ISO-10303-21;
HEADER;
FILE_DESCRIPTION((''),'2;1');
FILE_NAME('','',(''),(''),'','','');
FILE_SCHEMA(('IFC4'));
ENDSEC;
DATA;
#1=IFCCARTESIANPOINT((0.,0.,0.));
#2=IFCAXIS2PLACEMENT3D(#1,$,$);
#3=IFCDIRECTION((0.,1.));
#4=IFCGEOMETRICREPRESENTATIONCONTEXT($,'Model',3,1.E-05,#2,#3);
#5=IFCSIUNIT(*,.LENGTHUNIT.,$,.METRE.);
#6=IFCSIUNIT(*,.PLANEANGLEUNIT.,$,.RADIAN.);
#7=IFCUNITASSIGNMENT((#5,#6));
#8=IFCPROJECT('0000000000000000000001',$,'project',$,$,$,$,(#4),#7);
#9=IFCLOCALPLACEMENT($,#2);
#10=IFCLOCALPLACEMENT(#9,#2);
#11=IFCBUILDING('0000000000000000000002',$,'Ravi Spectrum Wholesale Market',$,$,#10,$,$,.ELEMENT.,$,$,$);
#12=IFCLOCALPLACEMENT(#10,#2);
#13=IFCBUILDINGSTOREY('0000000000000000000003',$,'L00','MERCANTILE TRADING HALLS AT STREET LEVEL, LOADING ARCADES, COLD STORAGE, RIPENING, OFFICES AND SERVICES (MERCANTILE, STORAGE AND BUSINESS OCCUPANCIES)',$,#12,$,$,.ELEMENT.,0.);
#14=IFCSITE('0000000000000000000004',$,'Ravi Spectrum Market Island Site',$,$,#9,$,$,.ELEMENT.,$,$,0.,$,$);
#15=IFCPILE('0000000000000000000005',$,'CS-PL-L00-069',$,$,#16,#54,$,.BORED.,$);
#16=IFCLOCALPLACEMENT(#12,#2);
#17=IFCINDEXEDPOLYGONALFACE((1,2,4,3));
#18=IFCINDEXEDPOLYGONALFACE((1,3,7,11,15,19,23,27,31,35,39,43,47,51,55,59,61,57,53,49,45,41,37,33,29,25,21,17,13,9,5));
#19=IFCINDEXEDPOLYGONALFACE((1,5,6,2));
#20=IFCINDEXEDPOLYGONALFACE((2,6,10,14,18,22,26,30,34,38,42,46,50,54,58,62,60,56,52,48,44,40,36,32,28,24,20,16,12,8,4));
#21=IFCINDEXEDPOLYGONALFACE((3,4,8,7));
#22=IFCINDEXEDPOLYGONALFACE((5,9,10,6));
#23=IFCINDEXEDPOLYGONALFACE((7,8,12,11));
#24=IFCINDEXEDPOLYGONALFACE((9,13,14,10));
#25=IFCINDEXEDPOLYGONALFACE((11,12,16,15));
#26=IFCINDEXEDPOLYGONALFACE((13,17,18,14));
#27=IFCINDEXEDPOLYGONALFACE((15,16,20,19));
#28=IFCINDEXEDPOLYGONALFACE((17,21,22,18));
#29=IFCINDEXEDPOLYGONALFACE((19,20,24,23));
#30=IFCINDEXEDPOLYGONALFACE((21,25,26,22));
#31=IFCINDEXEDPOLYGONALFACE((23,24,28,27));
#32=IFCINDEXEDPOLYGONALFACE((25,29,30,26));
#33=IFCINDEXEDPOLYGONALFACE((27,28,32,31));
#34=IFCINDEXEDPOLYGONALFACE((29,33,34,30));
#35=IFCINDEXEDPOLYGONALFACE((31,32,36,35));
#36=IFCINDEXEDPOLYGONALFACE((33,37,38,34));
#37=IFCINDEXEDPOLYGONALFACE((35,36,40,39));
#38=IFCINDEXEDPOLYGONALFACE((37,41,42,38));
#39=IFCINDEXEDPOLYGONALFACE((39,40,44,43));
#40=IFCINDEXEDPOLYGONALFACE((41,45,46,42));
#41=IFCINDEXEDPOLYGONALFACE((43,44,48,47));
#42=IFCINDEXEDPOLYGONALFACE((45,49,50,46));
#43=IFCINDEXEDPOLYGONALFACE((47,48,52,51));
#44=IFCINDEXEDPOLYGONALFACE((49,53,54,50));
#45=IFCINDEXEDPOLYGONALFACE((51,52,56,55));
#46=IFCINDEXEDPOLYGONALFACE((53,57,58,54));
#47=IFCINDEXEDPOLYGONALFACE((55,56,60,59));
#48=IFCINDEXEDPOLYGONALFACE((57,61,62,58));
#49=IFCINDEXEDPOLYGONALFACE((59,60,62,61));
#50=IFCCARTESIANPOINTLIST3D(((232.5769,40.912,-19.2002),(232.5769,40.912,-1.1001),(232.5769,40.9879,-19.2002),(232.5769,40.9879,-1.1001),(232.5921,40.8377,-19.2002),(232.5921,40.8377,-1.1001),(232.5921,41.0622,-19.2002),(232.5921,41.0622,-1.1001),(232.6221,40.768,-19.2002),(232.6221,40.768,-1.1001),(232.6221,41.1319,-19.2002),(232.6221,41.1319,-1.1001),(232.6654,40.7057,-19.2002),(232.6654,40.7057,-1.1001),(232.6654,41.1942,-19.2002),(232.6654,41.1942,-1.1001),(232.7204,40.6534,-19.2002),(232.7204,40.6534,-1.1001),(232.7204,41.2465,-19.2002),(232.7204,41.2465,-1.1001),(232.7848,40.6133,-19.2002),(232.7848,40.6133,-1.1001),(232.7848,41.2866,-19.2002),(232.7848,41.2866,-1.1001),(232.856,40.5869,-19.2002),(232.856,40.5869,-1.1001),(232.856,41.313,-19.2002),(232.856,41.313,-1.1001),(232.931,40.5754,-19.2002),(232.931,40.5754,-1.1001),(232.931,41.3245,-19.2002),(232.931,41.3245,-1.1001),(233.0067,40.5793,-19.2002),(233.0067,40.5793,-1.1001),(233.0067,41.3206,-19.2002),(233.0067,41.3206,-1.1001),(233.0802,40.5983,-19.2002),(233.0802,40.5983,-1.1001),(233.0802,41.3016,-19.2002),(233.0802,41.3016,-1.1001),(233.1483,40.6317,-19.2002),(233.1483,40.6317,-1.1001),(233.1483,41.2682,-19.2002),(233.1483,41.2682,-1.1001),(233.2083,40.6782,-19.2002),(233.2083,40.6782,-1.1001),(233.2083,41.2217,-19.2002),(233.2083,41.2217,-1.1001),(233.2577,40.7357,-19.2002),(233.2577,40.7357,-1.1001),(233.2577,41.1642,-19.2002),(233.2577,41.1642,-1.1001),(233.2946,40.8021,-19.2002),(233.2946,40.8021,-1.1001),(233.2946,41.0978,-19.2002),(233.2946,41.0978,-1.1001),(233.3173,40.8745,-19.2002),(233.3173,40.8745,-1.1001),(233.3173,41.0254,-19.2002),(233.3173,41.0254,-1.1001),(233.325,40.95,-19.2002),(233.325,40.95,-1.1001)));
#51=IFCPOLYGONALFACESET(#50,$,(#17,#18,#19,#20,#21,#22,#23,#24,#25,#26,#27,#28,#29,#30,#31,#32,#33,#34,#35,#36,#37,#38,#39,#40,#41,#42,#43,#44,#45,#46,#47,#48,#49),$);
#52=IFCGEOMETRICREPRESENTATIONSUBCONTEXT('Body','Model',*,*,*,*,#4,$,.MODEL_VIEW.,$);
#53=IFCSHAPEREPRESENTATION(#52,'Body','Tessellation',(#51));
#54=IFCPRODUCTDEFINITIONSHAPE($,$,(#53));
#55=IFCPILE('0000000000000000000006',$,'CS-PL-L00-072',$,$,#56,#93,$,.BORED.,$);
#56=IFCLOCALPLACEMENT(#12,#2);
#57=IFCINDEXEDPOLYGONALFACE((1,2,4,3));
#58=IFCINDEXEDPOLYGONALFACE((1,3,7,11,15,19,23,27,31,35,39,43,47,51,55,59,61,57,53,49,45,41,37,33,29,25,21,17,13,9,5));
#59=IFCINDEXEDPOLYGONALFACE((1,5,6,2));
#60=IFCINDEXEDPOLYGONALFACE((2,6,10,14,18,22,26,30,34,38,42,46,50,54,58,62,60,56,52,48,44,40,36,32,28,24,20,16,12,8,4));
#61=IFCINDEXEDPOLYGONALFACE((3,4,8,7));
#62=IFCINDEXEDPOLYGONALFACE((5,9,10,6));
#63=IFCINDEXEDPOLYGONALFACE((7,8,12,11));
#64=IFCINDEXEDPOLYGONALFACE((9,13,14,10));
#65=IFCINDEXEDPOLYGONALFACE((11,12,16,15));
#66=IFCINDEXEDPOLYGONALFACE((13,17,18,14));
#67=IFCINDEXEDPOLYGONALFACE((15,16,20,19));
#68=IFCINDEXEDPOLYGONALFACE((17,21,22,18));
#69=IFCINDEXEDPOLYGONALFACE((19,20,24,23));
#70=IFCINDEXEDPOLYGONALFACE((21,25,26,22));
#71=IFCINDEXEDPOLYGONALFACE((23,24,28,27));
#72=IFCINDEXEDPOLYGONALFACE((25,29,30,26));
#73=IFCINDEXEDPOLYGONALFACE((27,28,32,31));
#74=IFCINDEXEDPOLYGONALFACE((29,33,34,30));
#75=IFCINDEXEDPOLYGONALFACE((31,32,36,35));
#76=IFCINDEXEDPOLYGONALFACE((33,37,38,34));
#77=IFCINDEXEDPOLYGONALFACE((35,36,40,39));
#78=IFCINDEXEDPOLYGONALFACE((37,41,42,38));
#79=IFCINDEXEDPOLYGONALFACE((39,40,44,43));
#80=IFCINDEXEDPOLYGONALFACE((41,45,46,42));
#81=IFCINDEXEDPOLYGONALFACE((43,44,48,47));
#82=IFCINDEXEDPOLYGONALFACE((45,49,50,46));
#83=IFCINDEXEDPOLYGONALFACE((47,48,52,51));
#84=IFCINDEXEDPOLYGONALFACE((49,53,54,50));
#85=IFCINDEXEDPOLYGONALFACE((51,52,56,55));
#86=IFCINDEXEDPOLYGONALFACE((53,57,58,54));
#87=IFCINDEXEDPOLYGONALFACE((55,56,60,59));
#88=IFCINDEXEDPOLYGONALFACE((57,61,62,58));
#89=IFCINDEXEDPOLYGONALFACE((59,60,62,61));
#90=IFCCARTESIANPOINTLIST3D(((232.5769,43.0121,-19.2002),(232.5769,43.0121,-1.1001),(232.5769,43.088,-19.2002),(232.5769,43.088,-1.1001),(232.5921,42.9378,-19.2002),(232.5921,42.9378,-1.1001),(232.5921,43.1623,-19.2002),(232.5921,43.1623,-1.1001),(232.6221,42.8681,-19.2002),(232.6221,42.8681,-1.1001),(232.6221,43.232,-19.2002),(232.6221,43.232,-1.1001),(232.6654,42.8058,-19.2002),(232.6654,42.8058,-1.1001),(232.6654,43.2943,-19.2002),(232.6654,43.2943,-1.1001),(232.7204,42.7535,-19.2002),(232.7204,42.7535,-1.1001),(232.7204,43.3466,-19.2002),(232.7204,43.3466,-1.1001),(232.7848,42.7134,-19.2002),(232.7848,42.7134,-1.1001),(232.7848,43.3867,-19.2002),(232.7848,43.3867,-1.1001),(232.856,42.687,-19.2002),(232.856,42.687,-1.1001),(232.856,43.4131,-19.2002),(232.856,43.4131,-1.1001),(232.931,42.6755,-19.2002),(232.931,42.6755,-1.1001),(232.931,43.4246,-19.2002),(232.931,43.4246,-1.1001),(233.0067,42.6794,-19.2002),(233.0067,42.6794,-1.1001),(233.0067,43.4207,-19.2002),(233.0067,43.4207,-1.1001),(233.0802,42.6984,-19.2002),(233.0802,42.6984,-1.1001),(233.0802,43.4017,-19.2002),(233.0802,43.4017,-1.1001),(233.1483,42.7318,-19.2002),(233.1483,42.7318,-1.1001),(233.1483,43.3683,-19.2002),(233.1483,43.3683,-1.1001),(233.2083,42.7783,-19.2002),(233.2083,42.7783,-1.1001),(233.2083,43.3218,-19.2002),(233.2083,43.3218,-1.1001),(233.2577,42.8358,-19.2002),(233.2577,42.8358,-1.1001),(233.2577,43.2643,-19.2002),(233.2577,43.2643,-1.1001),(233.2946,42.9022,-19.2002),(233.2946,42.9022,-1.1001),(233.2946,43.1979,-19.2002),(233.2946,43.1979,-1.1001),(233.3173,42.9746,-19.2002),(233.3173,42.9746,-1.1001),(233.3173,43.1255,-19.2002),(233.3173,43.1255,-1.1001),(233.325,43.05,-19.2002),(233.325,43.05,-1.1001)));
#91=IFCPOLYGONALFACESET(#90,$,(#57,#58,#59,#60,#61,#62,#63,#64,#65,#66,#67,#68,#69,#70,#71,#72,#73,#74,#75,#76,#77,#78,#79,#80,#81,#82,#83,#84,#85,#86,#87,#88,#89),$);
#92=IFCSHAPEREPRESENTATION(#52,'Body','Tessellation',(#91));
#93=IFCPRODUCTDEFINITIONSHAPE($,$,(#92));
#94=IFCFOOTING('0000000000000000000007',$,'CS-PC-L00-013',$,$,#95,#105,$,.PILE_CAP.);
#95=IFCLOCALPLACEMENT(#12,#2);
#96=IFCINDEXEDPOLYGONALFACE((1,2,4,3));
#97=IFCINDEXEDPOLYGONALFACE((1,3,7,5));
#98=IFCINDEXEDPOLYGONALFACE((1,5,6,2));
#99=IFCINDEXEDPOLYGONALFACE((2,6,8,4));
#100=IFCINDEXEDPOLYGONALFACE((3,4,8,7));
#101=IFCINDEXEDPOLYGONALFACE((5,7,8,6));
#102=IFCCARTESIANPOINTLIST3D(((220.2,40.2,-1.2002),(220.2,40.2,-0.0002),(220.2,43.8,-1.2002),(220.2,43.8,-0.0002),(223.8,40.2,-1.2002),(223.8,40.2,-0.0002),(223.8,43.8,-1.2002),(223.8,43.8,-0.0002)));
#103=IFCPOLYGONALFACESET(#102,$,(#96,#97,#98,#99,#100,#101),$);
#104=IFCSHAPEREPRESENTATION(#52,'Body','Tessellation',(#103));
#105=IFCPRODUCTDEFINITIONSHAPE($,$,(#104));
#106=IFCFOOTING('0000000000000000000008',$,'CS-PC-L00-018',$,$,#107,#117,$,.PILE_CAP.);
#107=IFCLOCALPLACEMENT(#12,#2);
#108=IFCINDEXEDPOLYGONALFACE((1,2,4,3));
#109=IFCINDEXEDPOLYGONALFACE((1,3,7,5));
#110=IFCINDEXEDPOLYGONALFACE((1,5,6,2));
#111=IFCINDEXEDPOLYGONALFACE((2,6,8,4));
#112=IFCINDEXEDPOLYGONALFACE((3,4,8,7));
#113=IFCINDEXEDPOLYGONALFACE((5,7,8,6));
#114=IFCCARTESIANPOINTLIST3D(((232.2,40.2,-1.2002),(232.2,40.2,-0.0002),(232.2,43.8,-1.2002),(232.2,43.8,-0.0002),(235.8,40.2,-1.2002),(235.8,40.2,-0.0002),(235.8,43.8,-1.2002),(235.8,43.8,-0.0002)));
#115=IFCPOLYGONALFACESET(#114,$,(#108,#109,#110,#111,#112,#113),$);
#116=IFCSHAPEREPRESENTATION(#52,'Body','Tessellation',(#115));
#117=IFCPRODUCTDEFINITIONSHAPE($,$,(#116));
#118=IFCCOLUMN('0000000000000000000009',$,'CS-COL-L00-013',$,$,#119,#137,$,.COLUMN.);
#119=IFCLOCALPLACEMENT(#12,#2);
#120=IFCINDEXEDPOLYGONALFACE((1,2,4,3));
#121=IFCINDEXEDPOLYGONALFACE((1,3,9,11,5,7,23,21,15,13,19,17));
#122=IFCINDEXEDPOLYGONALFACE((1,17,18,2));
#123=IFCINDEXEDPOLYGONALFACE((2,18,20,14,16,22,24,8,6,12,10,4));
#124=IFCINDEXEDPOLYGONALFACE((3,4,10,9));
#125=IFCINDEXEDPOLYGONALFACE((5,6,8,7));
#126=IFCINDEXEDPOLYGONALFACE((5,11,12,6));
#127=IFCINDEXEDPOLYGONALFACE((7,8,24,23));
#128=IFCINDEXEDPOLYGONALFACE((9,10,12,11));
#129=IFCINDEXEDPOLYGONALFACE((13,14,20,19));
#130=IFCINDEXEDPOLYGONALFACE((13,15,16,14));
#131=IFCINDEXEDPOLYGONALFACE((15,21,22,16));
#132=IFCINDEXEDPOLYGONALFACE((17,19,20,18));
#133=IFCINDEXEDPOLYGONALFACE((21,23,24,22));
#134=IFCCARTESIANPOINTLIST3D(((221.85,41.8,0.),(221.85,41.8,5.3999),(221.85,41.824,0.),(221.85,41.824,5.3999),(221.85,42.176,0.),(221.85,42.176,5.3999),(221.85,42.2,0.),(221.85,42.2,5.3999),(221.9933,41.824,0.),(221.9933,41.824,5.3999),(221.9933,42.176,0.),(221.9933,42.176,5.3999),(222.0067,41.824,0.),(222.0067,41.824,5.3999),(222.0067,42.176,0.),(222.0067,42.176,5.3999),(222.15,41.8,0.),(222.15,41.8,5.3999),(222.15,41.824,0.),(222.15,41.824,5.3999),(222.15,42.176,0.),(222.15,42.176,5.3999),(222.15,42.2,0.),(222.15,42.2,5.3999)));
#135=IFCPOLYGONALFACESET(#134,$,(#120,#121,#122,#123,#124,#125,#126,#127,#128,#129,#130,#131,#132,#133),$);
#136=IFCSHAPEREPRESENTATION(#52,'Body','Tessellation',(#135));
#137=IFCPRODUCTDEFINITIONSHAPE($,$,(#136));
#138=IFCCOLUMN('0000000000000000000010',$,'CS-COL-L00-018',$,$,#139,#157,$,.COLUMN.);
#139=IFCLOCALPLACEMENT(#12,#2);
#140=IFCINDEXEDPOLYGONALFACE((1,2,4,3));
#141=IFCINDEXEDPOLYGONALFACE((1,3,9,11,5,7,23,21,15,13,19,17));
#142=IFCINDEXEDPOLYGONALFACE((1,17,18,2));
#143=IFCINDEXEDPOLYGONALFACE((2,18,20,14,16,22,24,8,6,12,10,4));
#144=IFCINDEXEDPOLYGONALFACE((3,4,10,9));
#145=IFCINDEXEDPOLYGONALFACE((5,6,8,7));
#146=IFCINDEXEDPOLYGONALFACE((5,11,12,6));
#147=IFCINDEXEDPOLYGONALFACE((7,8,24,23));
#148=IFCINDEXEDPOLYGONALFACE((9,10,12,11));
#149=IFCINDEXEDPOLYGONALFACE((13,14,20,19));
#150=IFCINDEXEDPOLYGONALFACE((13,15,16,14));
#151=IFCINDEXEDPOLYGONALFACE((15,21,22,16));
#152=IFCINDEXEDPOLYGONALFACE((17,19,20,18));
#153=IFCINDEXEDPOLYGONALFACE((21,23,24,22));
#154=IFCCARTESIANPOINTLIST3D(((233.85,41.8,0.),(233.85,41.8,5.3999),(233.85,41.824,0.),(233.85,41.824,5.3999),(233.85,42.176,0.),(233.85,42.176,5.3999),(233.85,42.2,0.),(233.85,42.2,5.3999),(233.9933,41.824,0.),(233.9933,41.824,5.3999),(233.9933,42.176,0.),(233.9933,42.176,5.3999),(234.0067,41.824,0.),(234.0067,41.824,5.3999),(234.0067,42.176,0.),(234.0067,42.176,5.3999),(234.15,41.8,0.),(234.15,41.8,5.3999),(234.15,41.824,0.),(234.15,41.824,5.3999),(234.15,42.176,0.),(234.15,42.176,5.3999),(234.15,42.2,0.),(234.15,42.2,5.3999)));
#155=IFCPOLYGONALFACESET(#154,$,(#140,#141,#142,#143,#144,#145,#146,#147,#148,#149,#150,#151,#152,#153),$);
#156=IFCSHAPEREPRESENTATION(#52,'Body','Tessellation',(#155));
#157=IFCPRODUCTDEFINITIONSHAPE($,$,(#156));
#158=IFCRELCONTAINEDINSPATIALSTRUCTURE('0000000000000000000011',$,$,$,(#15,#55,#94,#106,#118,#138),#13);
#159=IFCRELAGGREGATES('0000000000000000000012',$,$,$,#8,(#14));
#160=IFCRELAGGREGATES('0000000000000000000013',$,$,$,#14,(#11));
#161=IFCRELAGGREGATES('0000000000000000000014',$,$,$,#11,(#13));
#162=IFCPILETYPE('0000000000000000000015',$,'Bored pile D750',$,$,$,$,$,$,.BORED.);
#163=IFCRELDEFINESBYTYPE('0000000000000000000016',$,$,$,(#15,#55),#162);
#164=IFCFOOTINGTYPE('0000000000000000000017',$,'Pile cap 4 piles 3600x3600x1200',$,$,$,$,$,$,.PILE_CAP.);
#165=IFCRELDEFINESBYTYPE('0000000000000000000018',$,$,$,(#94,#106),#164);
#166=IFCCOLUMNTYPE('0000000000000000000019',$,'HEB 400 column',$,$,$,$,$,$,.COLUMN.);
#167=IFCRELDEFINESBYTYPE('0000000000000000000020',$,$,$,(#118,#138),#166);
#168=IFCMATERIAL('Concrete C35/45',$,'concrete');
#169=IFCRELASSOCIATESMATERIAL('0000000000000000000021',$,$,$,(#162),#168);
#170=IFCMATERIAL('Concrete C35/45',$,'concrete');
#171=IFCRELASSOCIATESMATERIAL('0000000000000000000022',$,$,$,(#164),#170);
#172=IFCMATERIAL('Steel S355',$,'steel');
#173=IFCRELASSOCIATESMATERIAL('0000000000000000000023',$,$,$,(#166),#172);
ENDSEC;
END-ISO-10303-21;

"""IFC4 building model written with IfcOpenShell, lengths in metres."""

from ifc_helpers import new_model, si_unit, direction, frame, origin, origin_2d, place, context, subcontext, project, spatial, rectangle, circle, i_section, extrude, material, material_profile, profile_set, type_object, element, save


model = new_model("IFC4")

# Units and contexts
model_context = context("Model", 3, precision=1e-05, world=origin(), true_north=direction((0.0, 1.0)))
body_context = subcontext(model_context, "Body", "Model", "MODEL_VIEW")
ifc_project = project(units=[si_unit("LENGTHUNIT", "METRE"), si_unit("PLANEANGLEUNIT", "RADIAN")], contexts=[model_context])

# Site, building, storey
site_placement = place(None, origin())
site = spatial("IfcSite", under=ifc_project, at=site_placement, Name="Ravi Spectrum Market Island Site", CompositionType="ELEMENT", RefElevation=0.0)
building_placement = place(site_placement, origin())
building = spatial("IfcBuilding", under=site, at=building_placement, Name="Ravi Spectrum Wholesale Market", CompositionType="ELEMENT")
storey_placement = place(building_placement, origin())
storey = spatial("IfcBuildingStorey", under=building, at=storey_placement, Name="L00", Description="MERCANTILE TRADING HALLS AT STREET LEVEL, LOADING ARCADES, COLD STORAGE, RIPENING, OFFICES AND SERVICES (MERCANTILE, STORAGE AND BUSINESS OCCUPANCIES)", CompositionType="ELEMENT", Elevation=0.0)

# Piles
ifc_material_1 = material(Name="Concrete C35/45", Category="concrete")
ifc_material_profile_1 = material_profile(ifc_material_1, circle(Radius=0.375, at=origin_2d()))
ifc_profile_set_1 = profile_set([ifc_material_profile_1], Name="Concrete C35/45")
pile_type = type_object("IfcPileType", Name="Bored pile D750", PredefinedType="BORED", material=ifc_profile_set_1)
for number, where, z_axis, x_axis, name in (
    (1, (232.95, 40.95, -1.1001), (0.0, 0.0, -1.0), (1.0, 0.0, 0.0), "CS-PL-L00-069"),
    (2, (232.95, 43.05, -1.1001), (0.0, 0.0, -1.0), (1.0, 0.0, 0.0), "CS-PL-L00-072"),
):
    element("IfcPile", number, at=place(storey_placement, frame(where, z_axis=z_axis, x_axis=x_axis)), inside=storey, type_object=pile_type, Name=name, PredefinedType="BORED", context=body_context, shape_type="SweptSolid", body=[
        extrude(circle(Radius=0.375, at=origin_2d()), origin(), (0.0, 0.0, 1.0), 18.1001),
    ])

# Footings
ifc_material_2 = material(Name="Concrete C35/45", Category="concrete")
footing_type = type_object("IfcFootingType", Name="Pile cap 4 piles 3600x3600x1200", PredefinedType="PILE_CAP", material=ifc_material_2)
for number, where, z_axis, x_axis, name in (
    (3, (222.0, 42.0, -1.2002), (0.0, 0.0, 1.0), (1.0, 0.0, 0.0), "CS-PC-L00-013"),
    (4, (234.0, 42.0, -1.2002), (0.0, 0.0, 1.0), (1.0, 0.0, 0.0), "CS-PC-L00-018"),
):
    element("IfcFooting", number, at=place(storey_placement, frame(where, z_axis=z_axis, x_axis=x_axis)), inside=storey, type_object=footing_type, Name=name, PredefinedType="PILE_CAP", context=body_context, shape_type="SweptSolid", body=[
        extrude(rectangle(XDim=3.6001, YDim=3.6001, at=origin_2d()), origin(), (0.0, 0.0, 1.0), 1.2),
    ])

# Columns
ifc_material_3 = material(Name="Steel S355", Category="steel")
ifc_material_profile_2 = material_profile(ifc_material_3, i_section(OverallWidth=0.3, OverallDepth=0.3999, WebThickness=0.0134, FlangeThickness=0.0239, at=origin_2d()))
ifc_profile_set_2 = profile_set([ifc_material_profile_2], Name="Steel S355")
column_type = type_object("IfcColumnType", Name="HEB 400 column", PredefinedType="COLUMN", material=ifc_profile_set_2)
for number, where, z_axis, x_axis, name in (
    (5, (222.0, 42.0, 0.0), (0.0, 0.0, 1.0), (1.0, 0.0, 0.0), "CS-COL-L00-013"),
    (6, (234.0, 42.0, 0.0), (0.0, 0.0, 1.0), (1.0, 0.0, 0.0), "CS-COL-L00-018"),
):
    element("IfcColumn", number, at=place(storey_placement, frame(where, z_axis=z_axis, x_axis=x_axis)), inside=storey, type_object=column_type, Name=name, PredefinedType="COLUMN", context=body_context, shape_type="SweptSolid", body=[
        extrude(i_section(OverallWidth=0.3, OverallDepth=0.3999, WebThickness=0.0134, FlangeThickness=0.0239, at=origin_2d()), origin(), (0.0, 0.0, 1.0), 5.3999),
    ])

save(model, "model.ifc")
